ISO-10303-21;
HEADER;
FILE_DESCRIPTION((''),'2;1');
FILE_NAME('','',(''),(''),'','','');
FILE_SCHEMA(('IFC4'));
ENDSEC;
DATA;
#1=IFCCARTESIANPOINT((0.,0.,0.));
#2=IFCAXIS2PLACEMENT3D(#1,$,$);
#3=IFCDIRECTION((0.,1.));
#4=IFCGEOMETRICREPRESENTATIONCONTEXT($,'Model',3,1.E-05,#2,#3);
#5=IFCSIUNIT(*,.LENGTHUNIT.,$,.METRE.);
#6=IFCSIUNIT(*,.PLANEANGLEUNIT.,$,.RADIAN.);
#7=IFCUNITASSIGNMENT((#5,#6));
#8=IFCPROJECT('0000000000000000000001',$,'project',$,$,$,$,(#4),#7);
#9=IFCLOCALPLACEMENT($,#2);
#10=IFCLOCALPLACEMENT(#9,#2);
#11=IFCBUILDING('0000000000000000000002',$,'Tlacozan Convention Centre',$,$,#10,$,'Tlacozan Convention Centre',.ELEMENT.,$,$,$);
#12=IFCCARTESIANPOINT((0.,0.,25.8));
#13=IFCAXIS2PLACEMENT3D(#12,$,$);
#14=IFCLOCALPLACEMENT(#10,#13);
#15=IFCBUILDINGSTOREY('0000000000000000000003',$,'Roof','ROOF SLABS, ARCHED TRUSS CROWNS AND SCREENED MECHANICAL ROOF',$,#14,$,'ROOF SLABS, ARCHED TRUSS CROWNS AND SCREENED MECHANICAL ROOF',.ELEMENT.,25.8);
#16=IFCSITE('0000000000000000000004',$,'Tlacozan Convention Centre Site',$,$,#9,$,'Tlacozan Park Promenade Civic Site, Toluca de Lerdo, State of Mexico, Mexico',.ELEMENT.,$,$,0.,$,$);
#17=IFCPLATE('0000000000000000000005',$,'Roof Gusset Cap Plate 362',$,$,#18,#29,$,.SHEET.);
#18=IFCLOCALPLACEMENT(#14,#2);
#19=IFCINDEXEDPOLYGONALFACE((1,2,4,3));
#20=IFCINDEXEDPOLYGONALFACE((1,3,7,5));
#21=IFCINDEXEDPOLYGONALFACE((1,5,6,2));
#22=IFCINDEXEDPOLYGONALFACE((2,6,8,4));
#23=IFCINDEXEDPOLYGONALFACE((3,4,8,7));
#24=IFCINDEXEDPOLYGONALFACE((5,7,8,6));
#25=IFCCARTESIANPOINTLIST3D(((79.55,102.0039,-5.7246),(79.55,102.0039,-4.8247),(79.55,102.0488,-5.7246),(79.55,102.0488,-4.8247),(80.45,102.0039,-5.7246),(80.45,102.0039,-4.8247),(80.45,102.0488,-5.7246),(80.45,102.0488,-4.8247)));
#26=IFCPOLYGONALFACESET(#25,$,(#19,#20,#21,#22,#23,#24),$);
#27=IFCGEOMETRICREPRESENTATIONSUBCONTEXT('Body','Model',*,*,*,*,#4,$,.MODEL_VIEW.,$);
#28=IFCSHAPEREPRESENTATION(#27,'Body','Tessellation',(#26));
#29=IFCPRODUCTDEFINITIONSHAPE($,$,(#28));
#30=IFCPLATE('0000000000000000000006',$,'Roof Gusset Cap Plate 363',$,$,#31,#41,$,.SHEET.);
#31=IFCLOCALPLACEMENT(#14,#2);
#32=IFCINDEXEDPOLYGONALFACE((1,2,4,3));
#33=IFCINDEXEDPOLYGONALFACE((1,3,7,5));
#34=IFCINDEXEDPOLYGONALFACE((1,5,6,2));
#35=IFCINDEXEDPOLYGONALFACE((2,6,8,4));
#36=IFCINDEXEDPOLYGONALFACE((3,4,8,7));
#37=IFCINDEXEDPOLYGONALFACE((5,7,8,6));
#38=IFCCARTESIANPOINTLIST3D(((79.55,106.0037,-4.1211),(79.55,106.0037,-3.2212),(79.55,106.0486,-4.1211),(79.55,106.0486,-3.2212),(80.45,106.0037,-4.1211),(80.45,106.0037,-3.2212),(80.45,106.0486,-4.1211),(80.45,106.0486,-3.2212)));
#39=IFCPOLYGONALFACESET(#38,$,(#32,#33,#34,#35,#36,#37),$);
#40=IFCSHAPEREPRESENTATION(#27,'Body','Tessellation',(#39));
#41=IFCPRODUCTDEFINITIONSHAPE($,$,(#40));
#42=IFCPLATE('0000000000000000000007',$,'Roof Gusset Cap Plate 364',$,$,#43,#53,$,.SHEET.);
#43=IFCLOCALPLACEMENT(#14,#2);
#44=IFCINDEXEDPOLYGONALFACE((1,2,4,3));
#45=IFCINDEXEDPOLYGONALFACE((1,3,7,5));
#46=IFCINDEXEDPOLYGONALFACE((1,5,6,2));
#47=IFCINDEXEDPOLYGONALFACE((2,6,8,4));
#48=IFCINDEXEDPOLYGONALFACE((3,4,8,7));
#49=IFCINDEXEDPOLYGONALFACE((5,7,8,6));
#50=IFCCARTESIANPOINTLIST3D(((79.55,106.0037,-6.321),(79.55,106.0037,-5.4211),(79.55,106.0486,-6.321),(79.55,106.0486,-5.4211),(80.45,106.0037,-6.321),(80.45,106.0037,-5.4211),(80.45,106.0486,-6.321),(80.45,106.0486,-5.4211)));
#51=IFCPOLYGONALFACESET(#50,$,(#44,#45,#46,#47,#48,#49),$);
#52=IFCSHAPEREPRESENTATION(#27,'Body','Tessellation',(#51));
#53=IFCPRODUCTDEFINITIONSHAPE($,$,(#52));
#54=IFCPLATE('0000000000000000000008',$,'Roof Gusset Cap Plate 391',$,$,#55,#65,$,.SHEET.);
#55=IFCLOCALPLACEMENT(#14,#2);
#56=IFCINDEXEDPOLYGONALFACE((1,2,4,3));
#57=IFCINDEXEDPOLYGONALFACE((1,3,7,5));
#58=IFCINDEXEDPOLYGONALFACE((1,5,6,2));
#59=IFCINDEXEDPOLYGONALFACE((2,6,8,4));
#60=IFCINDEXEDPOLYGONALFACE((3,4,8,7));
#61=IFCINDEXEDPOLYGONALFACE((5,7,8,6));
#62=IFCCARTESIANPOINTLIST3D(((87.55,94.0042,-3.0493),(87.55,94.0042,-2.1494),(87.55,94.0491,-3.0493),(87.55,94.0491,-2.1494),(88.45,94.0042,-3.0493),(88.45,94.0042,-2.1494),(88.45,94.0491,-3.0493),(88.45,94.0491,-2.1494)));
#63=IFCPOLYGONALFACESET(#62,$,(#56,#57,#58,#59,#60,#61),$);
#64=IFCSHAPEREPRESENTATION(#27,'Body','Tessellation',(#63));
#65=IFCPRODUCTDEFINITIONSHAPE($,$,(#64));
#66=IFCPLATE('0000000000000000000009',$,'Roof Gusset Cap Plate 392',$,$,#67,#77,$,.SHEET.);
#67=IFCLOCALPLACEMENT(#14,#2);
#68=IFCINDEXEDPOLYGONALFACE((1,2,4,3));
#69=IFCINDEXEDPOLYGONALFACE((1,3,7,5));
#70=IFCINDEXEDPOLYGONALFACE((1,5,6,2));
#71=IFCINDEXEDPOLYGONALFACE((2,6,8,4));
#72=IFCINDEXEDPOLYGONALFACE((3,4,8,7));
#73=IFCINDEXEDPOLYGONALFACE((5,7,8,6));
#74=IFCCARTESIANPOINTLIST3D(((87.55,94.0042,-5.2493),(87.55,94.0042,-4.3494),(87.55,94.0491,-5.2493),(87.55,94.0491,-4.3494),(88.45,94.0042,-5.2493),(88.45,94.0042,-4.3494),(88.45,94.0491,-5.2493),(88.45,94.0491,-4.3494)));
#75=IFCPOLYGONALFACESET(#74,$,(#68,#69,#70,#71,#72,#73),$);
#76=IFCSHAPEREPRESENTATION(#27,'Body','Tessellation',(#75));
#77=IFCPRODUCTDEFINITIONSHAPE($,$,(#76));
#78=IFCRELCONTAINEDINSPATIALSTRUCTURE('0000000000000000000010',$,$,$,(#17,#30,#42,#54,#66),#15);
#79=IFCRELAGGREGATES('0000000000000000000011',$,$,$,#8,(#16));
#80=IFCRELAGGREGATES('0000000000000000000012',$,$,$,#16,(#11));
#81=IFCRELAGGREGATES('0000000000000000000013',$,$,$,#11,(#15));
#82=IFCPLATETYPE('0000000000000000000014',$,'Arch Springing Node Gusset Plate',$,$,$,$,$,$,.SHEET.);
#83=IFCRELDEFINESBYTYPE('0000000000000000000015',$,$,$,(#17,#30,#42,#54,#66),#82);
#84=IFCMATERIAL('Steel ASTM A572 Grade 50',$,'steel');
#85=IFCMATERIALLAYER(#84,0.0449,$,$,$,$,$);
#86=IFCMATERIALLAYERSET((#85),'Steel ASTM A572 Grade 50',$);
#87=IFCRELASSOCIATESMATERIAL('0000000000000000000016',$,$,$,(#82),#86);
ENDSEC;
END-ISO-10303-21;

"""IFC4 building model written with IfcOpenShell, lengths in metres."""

from ifc_helpers import new_model, si_unit, direction, frame, origin, origin_2d, place, context, subcontext, project, spatial, rectangle, extrude, material, layer, layer_set, type_object, element, save


model = new_model("IFC4")

# Units and contexts
model_context = context("Model", 3, precision=1e-05, world=origin(), true_north=direction((0.0, 1.0)))
body_context = subcontext(model_context, "Body", "Model", "MODEL_VIEW")
ifc_project = project(units=[si_unit("LENGTHUNIT", "METRE"), si_unit("PLANEANGLEUNIT", "RADIAN")], contexts=[model_context])

# Site, building, storey
site_placement = place(None, origin())
site = spatial("IfcSite", under=ifc_project, at=site_placement, Name="Tlacozan Convention Centre Site", LongName="Tlacozan Park Promenade Civic Site, Toluca de Lerdo, State of Mexico, Mexico", CompositionType="ELEMENT", RefElevation=0.0)
building_placement = place(site_placement, origin())
building = spatial("IfcBuilding", under=site, at=building_placement, Name="Tlacozan Convention Centre", LongName="Tlacozan Convention Centre", CompositionType="ELEMENT")
storey_placement = place(building_placement, frame((0.0, 0.0, 25.8)))
storey = spatial("IfcBuildingStorey", under=building, at=storey_placement, Name="Roof", Description="ROOF SLABS, ARCHED TRUSS CROWNS AND SCREENED MECHANICAL ROOF", LongName="ROOF SLABS, ARCHED TRUSS CROWNS AND SCREENED MECHANICAL ROOF", CompositionType="ELEMENT", Elevation=25.8)

# Plates
ifc_material_1 = material(Name="Steel ASTM A572 Grade 50", Category="steel")
ifc_layer = layer(ifc_material_1, 0.0449)
ifc_layer_set = layer_set([ifc_layer], Name="Steel ASTM A572 Grade 50")
plate_type = type_object("IfcPlateType", Name="Arch Springing Node Gusset Plate", PredefinedType="SHEET", material=ifc_layer_set)
for number, where, z_axis, x_axis, name in (
    (1, (80.0, 102.0264, -5.7246), (0.0, 0.0, 1.0), (0.0, 1.0, 0.0), "Roof Gusset Cap Plate 362"),
    (2, (80.0, 106.0261, -4.1211), (0.0, 0.0, 1.0), (0.0, 1.0, 0.0), "Roof Gusset Cap Plate 363"),
    (3, (80.0, 106.0261, -6.321), (0.0, 0.0, 1.0), (0.0, 1.0, 0.0), "Roof Gusset Cap Plate 364"),
    (4, (88.0, 94.0266, -3.0493), (0.0, 0.0, 1.0), (0.0, 1.0, 0.0), "Roof Gusset Cap Plate 391"),
    (5, (88.0, 94.0266, -5.2493), (0.0, 0.0, 1.0), (0.0, 1.0, 0.0), "Roof Gusset Cap Plate 392"),
):
    element("IfcPlate", number, at=place(storey_placement, frame(where, z_axis=z_axis, x_axis=x_axis)), inside=storey, type_object=plate_type, Name=name, PredefinedType="SHEET", context=body_context, shape_type="SweptSolid", body=[
        extrude(rectangle(XDim=0.0449, YDim=0.8999, at=origin_2d()), origin(), (0.0, 0.0, 1.0), 0.8999),
    ])

save(model, "model.ifc")
